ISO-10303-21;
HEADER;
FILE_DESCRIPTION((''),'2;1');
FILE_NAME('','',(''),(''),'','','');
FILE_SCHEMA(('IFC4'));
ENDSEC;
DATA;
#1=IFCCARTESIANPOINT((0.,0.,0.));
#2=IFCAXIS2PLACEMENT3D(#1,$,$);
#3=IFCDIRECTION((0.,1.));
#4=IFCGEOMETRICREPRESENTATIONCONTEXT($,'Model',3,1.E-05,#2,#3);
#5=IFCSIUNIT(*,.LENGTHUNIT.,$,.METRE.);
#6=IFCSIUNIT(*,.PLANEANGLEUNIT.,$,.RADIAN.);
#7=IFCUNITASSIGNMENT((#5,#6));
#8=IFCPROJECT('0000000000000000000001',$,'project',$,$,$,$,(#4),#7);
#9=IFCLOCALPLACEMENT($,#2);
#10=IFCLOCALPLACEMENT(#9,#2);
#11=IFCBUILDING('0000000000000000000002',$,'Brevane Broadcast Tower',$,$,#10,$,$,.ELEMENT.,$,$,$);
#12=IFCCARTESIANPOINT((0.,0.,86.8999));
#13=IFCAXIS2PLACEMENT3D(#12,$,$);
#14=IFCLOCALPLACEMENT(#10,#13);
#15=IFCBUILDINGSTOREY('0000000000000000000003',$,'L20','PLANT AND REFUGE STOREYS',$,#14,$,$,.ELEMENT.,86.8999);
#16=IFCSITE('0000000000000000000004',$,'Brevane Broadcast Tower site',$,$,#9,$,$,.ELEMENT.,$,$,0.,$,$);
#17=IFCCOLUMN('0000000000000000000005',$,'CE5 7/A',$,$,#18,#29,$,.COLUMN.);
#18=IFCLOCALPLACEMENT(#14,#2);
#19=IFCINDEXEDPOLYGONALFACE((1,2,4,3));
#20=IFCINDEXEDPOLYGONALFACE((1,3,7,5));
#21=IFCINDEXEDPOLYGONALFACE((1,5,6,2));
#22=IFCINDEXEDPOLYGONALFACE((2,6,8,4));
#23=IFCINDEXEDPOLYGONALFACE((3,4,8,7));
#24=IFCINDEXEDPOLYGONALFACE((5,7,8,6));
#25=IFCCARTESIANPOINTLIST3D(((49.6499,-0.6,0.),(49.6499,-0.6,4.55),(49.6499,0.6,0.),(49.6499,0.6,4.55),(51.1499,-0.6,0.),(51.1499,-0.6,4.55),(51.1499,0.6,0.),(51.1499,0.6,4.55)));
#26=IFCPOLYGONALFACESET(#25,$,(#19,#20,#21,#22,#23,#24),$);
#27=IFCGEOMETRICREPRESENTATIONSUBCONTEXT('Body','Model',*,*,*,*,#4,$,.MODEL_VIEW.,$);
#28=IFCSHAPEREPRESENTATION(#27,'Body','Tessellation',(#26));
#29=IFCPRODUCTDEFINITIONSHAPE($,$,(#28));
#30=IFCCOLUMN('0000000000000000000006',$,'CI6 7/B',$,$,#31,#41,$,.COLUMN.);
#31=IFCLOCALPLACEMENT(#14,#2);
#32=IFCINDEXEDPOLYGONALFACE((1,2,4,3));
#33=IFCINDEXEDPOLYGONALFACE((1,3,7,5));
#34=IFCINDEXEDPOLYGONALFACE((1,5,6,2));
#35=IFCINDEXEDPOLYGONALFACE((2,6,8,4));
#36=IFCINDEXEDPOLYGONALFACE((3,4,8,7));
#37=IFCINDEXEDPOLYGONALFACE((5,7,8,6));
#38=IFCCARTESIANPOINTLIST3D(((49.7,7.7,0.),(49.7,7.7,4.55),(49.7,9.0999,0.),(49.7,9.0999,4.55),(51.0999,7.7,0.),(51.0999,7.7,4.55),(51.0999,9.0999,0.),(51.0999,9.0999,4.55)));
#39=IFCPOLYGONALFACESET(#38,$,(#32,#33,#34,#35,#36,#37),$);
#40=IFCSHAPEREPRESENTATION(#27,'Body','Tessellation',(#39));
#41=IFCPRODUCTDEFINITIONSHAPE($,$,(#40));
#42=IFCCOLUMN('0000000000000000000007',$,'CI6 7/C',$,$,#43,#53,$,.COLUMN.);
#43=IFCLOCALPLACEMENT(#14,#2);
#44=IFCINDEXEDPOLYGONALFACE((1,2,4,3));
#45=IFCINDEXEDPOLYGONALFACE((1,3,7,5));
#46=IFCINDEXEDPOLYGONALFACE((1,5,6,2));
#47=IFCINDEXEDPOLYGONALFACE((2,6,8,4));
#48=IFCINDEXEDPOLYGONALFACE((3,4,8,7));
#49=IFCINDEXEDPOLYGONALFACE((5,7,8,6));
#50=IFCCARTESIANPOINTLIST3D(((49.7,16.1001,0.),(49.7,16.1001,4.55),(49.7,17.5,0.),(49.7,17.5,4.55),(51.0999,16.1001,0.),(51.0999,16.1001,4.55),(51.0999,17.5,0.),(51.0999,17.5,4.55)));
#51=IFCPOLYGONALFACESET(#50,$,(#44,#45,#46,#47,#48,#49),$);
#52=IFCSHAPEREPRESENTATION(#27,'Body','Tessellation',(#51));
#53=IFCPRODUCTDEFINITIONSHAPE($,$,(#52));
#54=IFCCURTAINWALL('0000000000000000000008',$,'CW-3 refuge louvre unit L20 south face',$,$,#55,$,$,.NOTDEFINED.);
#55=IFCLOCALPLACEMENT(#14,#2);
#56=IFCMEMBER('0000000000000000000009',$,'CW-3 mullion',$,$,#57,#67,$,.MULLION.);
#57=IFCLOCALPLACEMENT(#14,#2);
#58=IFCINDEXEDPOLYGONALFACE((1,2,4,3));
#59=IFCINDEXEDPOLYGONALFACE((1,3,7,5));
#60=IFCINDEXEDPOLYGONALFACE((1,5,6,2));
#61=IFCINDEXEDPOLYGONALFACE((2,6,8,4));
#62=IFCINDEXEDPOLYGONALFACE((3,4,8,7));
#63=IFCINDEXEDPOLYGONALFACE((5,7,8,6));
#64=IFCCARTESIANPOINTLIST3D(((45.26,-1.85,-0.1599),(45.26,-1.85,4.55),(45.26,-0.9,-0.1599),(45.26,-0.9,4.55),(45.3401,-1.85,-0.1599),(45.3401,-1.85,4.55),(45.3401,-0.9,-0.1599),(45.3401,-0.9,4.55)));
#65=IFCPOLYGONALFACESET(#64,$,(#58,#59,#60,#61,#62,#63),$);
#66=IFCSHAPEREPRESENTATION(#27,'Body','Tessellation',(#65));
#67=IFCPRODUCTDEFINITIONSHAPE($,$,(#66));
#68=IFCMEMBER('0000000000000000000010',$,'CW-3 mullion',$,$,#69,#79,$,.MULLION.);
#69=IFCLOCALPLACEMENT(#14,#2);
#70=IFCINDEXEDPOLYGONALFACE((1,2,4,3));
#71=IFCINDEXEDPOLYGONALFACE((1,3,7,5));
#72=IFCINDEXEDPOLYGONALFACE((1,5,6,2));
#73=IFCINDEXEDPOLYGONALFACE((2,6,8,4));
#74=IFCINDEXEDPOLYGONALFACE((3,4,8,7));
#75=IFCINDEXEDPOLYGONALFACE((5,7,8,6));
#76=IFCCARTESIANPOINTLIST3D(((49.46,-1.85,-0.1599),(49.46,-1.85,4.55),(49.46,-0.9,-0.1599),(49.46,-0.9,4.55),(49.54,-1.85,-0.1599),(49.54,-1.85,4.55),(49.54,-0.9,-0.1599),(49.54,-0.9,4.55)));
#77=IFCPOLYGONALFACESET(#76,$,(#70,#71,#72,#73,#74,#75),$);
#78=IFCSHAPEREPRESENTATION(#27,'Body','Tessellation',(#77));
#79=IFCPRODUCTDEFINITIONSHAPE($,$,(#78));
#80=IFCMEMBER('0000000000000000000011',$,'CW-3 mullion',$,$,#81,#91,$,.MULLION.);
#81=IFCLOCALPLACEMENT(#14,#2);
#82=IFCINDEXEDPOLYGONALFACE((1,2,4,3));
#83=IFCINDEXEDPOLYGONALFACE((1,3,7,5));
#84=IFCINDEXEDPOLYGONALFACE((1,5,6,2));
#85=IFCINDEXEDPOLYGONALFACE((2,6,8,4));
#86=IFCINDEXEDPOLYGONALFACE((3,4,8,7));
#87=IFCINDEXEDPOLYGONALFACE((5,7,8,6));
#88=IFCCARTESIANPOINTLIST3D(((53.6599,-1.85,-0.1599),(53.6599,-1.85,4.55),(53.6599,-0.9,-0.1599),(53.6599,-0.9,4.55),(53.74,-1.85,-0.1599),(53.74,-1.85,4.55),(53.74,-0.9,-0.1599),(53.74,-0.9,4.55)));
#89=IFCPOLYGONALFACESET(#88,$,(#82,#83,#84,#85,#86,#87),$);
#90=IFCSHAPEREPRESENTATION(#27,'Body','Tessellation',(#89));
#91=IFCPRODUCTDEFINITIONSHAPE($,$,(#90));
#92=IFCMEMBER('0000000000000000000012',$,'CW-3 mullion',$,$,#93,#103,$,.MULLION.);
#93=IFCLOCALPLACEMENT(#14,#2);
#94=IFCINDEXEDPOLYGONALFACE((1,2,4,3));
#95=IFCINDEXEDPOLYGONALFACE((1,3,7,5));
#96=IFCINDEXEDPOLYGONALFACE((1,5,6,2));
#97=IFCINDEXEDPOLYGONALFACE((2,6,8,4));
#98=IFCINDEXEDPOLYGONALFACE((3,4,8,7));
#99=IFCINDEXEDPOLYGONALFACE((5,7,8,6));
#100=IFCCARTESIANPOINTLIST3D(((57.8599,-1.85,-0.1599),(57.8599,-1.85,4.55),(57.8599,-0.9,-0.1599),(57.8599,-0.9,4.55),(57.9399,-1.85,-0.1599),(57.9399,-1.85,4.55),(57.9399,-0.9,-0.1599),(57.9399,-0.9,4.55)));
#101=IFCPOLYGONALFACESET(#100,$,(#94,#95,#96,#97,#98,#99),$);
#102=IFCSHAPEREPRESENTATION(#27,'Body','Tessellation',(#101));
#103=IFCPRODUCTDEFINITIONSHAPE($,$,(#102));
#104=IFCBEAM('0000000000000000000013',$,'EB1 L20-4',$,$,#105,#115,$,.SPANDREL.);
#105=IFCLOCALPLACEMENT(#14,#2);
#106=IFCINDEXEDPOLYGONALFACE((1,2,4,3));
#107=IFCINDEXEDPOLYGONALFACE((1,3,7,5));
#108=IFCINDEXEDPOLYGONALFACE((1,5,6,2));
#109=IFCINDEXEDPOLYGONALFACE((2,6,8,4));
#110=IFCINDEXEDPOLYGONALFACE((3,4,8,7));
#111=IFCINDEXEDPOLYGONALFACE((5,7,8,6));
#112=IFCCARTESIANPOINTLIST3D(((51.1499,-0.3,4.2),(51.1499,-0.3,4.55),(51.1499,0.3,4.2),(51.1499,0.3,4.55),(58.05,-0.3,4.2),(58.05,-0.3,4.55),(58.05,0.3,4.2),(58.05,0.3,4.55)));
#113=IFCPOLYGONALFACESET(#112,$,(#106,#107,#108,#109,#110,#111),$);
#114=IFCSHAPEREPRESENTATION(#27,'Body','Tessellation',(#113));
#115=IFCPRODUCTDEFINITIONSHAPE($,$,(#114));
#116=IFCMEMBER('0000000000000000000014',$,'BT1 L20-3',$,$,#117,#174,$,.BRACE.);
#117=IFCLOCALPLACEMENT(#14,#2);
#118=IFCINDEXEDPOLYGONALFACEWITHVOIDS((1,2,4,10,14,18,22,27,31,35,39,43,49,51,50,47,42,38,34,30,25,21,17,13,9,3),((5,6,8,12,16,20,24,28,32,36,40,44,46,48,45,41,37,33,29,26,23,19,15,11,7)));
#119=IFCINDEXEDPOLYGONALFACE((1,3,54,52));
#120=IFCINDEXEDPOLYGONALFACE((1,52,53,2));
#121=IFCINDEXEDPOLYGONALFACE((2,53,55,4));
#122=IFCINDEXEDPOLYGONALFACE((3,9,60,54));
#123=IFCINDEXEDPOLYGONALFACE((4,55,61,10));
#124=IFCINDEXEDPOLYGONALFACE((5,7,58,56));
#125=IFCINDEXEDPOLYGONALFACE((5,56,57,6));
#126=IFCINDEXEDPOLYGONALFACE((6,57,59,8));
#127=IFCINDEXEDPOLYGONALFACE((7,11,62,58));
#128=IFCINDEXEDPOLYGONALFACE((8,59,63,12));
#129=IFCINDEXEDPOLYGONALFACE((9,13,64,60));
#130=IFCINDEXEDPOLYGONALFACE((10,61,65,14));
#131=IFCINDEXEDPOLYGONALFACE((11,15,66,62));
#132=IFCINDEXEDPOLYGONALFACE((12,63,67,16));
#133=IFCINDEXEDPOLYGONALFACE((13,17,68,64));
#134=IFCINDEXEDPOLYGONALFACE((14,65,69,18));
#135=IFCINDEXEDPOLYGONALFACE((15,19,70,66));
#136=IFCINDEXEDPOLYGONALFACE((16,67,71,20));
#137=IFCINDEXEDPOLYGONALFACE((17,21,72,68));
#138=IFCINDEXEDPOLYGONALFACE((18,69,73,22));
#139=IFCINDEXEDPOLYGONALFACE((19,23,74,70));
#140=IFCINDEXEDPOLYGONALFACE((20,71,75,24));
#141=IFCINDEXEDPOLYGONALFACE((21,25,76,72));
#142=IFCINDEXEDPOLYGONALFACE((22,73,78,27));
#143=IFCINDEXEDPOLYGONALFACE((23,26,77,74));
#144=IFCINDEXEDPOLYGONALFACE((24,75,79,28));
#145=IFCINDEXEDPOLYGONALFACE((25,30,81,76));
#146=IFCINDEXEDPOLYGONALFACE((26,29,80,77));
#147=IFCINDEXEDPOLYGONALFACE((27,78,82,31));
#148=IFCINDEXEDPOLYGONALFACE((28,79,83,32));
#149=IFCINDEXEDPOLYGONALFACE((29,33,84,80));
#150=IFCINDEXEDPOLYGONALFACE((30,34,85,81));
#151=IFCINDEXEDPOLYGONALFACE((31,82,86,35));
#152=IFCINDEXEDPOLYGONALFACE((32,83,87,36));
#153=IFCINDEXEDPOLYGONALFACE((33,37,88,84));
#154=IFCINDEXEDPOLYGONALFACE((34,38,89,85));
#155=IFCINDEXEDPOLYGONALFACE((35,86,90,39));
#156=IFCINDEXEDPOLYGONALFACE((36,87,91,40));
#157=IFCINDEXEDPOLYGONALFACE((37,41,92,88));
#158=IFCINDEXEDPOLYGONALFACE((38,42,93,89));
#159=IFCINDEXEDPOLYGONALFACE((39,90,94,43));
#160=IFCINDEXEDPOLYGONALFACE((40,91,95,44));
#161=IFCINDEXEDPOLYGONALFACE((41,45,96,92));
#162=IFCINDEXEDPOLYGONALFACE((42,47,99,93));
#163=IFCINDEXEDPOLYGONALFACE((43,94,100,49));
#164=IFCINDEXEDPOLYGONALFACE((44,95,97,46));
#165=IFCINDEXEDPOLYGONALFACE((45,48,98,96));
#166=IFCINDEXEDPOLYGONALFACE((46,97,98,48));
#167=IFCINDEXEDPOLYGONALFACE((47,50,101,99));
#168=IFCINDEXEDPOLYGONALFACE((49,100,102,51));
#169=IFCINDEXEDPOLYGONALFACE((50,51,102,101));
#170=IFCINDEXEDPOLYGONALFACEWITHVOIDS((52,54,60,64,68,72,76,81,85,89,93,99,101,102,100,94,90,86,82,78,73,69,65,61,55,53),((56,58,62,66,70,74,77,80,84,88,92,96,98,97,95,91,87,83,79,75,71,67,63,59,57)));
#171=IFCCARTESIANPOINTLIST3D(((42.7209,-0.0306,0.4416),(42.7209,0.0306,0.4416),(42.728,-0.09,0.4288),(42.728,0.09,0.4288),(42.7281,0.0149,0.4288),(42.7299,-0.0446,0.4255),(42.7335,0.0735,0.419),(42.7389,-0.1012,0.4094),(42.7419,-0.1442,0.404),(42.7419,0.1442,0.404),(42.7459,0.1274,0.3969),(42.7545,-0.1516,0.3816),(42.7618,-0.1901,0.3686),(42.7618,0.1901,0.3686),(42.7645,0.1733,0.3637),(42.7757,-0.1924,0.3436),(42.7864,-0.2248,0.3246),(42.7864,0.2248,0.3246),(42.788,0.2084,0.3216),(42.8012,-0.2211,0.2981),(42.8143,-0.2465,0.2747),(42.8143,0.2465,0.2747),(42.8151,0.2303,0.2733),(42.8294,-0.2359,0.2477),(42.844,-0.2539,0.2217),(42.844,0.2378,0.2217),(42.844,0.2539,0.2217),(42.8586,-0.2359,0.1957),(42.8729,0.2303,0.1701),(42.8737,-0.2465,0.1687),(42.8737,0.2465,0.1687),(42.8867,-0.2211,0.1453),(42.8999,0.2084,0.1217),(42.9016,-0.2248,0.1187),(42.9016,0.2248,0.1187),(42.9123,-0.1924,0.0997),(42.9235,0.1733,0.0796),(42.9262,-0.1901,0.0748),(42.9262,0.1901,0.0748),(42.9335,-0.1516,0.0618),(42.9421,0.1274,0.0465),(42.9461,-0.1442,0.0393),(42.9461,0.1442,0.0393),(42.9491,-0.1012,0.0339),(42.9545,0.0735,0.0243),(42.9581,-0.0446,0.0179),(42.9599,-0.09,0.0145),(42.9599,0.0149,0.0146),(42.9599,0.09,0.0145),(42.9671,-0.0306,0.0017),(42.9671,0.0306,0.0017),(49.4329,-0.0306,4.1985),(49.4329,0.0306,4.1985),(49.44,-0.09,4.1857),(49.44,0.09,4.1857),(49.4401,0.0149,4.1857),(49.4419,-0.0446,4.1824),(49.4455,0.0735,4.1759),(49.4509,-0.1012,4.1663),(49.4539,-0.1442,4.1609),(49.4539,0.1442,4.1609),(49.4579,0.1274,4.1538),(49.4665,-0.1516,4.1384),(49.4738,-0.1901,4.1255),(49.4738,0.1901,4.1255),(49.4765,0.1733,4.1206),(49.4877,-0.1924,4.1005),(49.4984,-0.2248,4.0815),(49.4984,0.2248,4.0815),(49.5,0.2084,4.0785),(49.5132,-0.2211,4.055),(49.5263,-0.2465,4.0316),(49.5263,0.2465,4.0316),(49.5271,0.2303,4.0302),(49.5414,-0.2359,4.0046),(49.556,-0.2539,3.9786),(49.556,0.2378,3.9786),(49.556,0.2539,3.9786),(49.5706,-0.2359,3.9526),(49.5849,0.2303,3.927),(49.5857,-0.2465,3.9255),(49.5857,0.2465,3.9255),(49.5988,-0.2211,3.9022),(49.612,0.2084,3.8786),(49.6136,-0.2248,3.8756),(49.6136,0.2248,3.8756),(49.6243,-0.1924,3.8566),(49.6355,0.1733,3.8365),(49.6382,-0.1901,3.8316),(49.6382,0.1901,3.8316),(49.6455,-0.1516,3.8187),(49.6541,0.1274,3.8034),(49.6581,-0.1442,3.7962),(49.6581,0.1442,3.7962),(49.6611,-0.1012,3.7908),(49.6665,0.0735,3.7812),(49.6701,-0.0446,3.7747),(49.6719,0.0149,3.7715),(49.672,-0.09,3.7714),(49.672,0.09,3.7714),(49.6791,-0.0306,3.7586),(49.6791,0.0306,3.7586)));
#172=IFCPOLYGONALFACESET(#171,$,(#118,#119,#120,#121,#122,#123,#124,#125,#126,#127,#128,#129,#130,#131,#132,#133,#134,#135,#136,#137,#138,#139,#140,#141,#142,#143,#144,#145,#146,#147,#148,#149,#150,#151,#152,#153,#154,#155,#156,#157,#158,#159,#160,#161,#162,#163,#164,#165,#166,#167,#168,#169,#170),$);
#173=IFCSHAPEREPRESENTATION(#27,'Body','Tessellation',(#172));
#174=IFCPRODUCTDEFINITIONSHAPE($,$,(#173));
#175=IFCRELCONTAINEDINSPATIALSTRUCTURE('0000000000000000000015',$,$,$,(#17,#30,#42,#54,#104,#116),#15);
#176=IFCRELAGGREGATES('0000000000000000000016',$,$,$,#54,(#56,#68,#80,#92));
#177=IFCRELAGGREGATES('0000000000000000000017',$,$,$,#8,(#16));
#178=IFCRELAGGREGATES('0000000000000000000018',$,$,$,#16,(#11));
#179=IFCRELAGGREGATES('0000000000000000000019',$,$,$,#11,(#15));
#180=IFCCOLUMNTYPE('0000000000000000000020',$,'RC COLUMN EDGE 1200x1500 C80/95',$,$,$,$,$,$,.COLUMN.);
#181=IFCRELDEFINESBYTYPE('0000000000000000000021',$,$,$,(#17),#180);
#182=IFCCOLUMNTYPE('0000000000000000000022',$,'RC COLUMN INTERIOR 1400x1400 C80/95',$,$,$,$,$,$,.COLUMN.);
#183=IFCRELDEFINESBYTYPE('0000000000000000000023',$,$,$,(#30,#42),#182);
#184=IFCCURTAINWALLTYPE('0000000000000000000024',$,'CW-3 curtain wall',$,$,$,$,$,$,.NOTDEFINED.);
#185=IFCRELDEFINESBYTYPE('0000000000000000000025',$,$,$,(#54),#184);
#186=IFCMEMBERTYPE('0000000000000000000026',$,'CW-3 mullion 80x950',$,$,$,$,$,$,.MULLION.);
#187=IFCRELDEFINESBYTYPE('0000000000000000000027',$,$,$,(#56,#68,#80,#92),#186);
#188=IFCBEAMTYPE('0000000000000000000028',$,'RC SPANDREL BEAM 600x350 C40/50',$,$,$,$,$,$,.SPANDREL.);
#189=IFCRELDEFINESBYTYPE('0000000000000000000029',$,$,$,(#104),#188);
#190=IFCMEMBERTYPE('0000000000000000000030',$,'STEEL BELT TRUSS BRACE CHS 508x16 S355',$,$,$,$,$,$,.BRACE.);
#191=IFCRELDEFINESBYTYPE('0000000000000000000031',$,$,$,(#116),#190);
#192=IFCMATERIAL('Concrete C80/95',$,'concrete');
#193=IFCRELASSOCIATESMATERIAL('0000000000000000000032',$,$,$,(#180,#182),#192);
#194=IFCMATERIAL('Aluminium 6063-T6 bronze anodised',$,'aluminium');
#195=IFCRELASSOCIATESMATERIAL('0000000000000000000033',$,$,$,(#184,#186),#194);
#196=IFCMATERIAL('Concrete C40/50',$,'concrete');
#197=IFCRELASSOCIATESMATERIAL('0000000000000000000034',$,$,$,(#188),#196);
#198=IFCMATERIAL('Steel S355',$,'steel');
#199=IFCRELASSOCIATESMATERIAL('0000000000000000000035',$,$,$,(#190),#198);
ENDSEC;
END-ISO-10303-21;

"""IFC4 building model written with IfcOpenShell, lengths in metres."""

from ifc_helpers import new_model, si_unit, direction, frame, origin, origin_2d, place, context, subcontext, project, spatial, rectangle, hollow_circle, extrude, material, material_profile, profile_set, type_object, element, aggregate, save


model = new_model("IFC4")

# Units and contexts
model_context = context("Model", 3, precision=1e-05, world=origin(), true_north=direction((0.0, 1.0)))
body_context = subcontext(model_context, "Body", "Model", "MODEL_VIEW")
ifc_project = project(units=[si_unit("LENGTHUNIT", "METRE"), si_unit("PLANEANGLEUNIT", "RADIAN")], contexts=[model_context])

# Site, building, storey
site_placement = place(None, origin())
site = spatial("IfcSite", under=ifc_project, at=site_placement, Name="Brevane Broadcast Tower site", CompositionType="ELEMENT", RefElevation=0.0)
building_placement = place(site_placement, origin())
building = spatial("IfcBuilding", under=site, at=building_placement, Name="Brevane Broadcast Tower", CompositionType="ELEMENT")
storey_placement = place(building_placement, frame((0.0, 0.0, 86.8999)))
storey = spatial("IfcBuildingStorey", under=building, at=storey_placement, Name="L20", Description="PLANT AND REFUGE STOREYS", CompositionType="ELEMENT", Elevation=86.8999)

# Columns
ifc_material_1 = material(Name="Concrete C80/95", Category="concrete")
ifc_material_profile_1 = material_profile(ifc_material_1, rectangle(XDim=1.2, YDim=1.5, at=origin_2d()), Name="RC 1200x1500")
ifc_profile_set_1 = profile_set([ifc_material_profile_1], Name="Concrete C80/95")
column_type_1 = type_object("IfcColumnType", Name="RC COLUMN EDGE 1200x1500 C80/95", PredefinedType="COLUMN", material=ifc_profile_set_1)
column_placement = place(storey_placement, frame((50.3999, 0.0, 0.0), z_axis=(0.0, 0.0, 1.0), x_axis=(0.0, 1.0, 0.0)))
element("IfcColumn", 1, at=column_placement, inside=storey, type_object=column_type_1, Name="CE5 7/A", PredefinedType="COLUMN", context=body_context, shape_type="SweptSolid", body=[
    extrude(rectangle(XDim=1.2, YDim=1.5, at=origin_2d()), origin(), (0.0, 0.0, 1.0), 4.55),
])
ifc_material_profile_2 = material_profile(ifc_material_1, rectangle(XDim=1.3999, YDim=1.3999, at=origin_2d()), Name="RC 1400x1400")
ifc_profile_set_2 = profile_set([ifc_material_profile_2], Name="Concrete C80/95")
column_type_2 = type_object("IfcColumnType", Name="RC COLUMN INTERIOR 1400x1400 C80/95", PredefinedType="COLUMN", material=ifc_profile_set_2)
for number, where, z_axis, x_axis, name in (
    (2, (50.3999, 8.3999, 0.0), (0.0, 0.0, 1.0), (1.0, 0.0, 0.0), "CI6 7/B"),
    (3, (50.3999, 16.8, 0.0), (0.0, 0.0, 1.0), (1.0, 0.0, 0.0), "CI6 7/C"),
):
    element("IfcColumn", number, at=place(storey_placement, frame(where, z_axis=z_axis, x_axis=x_axis)), inside=storey, type_object=column_type_2, Name=name, PredefinedType="COLUMN", context=body_context, shape_type="SweptSolid", body=[
        extrude(rectangle(XDim=1.3999, YDim=1.3999, at=origin_2d()), origin(), (0.0, 0.0, 1.0), 4.55),
    ])

# Curtain wall, members
ifc_material_2 = material(Name="Aluminium 6063-T6 bronze anodised", Category="aluminium")
curtain_wall_type = type_object("IfcCurtainWallType", Name="CW-3 curtain wall", PredefinedType="NOTDEFINED", material=ifc_material_2)
curtain_wall_placement = place(storey_placement, origin())
curtain_wall = element("IfcCurtainWall", 4, at=curtain_wall_placement, inside=storey, type_object=curtain_wall_type, Name="CW-3 refuge louvre unit L20 south face", PredefinedType="NOTDEFINED")
ifc_material_profile_3 = material_profile(ifc_material_2, rectangle(XDim=0.95, YDim=0.0801, at=origin_2d()), Name="RECT 80x950")
ifc_profile_set_3 = profile_set([ifc_material_profile_3], Name="Aluminium 6063-T6 bronze anodised")
member_type_1 = type_object("IfcMemberType", Name="CW-3 mullion 80x950", PredefinedType="MULLION", material=ifc_profile_set_3)
member_1_placement = place(storey_placement, frame((45.3, -1.375, -0.1599), z_axis=(0.0, 0.0, 1.0), x_axis=(0.0, 1.0, 0.0)))
member_1 = element("IfcMember", 5, at=member_1_placement, type_object=member_type_1, Name="CW-3 mullion", PredefinedType="MULLION", context=body_context, shape_type="SweptSolid", body=[
    extrude(rectangle(XDim=0.95, YDim=0.0801, at=origin_2d()), origin(), (0.0, 0.0, 1.0), 4.71),
])
member_2_placement = place(storey_placement, frame((49.5, -1.375, -0.1599), z_axis=(0.0, 0.0, 1.0), x_axis=(0.0, 1.0, 0.0)))
member_2 = element("IfcMember", 6, at=member_2_placement, type_object=member_type_1, Name="CW-3 mullion", PredefinedType="MULLION", context=body_context, shape_type="SweptSolid", body=[
    extrude(rectangle(XDim=0.95, YDim=0.0801, at=origin_2d()), origin(), (0.0, 0.0, 1.0), 4.71),
])
member_3_placement = place(storey_placement, frame((53.7, -1.375, -0.1599), z_axis=(0.0, 0.0, 1.0), x_axis=(0.0, 1.0, 0.0)))
member_3 = element("IfcMember", 7, at=member_3_placement, type_object=member_type_1, Name="CW-3 mullion", PredefinedType="MULLION", context=body_context, shape_type="SweptSolid", body=[
    extrude(rectangle(XDim=0.95, YDim=0.0801, at=origin_2d()), origin(), (0.0, 0.0, 1.0), 4.71),
])
member_4_placement = place(storey_placement, frame((57.8999, -1.375, -0.1599), z_axis=(0.0, 0.0, 1.0), x_axis=(0.0, 1.0, 0.0)))
member_4 = element("IfcMember", 8, at=member_4_placement, type_object=member_type_1, Name="CW-3 mullion", PredefinedType="MULLION", context=body_context, shape_type="SweptSolid", body=[
    extrude(rectangle(XDim=0.95, YDim=0.0801, at=origin_2d()), origin(), (0.0, 0.0, 1.0), 4.71),
])
aggregate(curtain_wall, [member_1, member_2, member_3, member_4])

# Beam
ifc_material_3 = material(Name="Concrete C40/50", Category="concrete")
ifc_material_profile_4 = material_profile(ifc_material_3, rectangle(XDim=0.6001, YDim=0.3501, at=origin_2d()), Name="RC 600x350")
ifc_profile_set_4 = profile_set([ifc_material_profile_4], Name="Concrete C40/50")
beam_type = type_object("IfcBeamType", Name="RC SPANDREL BEAM 600x350 C40/50", PredefinedType="SPANDREL", material=ifc_profile_set_4)
beam_placement = place(storey_placement, frame((51.1499, 0.0, 4.375), z_axis=(1.0, 0.0, 0.0), x_axis=(0.0, 1.0, 0.0)))
element("IfcBeam", 9, at=beam_placement, inside=storey, type_object=beam_type, Name="EB1 L20-4", PredefinedType="SPANDREL", context=body_context, shape_type="SweptSolid", body=[
    extrude(rectangle(XDim=0.6001, YDim=0.3501, at=origin_2d()), origin(), (0.0, 0.0, 1.0), 6.9001),
])

# Member
ifc_material_4 = material(Name="Steel S355", Category="steel")
ifc_material_profile_5 = material_profile(ifc_material_4, hollow_circle(Radius=0.2539, WallThickness=0.0161, at=origin_2d()), Name="CHS 508x16")
ifc_profile_set_5 = profile_set([ifc_material_profile_5], Name="Steel S355")
member_type_2 = type_object("IfcMemberType", Name="STEEL BELT TRUSS BRACE CHS 508x16 S355", PredefinedType="BRACE", material=ifc_profile_set_5)
for number, where, z_axis, x_axis, name in (
    (10, (42.844, 0.0, 0.2217), (0.872608, 0.0, 0.488422), (0.0, 1.0, 0.0), "BT1 L20-3"),
):
    element("IfcMember", number, at=place(storey_placement, frame(where, z_axis=z_axis, x_axis=x_axis)), inside=storey, type_object=member_type_2, Name=name, PredefinedType="BRACE", context=body_context, shape_type="SweptSolid", body=[
        extrude(hollow_circle(Radius=0.2539, WallThickness=0.0161, at=origin_2d()), origin(), (0.0, 0.0, 1.0), 7.6919),
    ])

save(model, "model.ifc")
